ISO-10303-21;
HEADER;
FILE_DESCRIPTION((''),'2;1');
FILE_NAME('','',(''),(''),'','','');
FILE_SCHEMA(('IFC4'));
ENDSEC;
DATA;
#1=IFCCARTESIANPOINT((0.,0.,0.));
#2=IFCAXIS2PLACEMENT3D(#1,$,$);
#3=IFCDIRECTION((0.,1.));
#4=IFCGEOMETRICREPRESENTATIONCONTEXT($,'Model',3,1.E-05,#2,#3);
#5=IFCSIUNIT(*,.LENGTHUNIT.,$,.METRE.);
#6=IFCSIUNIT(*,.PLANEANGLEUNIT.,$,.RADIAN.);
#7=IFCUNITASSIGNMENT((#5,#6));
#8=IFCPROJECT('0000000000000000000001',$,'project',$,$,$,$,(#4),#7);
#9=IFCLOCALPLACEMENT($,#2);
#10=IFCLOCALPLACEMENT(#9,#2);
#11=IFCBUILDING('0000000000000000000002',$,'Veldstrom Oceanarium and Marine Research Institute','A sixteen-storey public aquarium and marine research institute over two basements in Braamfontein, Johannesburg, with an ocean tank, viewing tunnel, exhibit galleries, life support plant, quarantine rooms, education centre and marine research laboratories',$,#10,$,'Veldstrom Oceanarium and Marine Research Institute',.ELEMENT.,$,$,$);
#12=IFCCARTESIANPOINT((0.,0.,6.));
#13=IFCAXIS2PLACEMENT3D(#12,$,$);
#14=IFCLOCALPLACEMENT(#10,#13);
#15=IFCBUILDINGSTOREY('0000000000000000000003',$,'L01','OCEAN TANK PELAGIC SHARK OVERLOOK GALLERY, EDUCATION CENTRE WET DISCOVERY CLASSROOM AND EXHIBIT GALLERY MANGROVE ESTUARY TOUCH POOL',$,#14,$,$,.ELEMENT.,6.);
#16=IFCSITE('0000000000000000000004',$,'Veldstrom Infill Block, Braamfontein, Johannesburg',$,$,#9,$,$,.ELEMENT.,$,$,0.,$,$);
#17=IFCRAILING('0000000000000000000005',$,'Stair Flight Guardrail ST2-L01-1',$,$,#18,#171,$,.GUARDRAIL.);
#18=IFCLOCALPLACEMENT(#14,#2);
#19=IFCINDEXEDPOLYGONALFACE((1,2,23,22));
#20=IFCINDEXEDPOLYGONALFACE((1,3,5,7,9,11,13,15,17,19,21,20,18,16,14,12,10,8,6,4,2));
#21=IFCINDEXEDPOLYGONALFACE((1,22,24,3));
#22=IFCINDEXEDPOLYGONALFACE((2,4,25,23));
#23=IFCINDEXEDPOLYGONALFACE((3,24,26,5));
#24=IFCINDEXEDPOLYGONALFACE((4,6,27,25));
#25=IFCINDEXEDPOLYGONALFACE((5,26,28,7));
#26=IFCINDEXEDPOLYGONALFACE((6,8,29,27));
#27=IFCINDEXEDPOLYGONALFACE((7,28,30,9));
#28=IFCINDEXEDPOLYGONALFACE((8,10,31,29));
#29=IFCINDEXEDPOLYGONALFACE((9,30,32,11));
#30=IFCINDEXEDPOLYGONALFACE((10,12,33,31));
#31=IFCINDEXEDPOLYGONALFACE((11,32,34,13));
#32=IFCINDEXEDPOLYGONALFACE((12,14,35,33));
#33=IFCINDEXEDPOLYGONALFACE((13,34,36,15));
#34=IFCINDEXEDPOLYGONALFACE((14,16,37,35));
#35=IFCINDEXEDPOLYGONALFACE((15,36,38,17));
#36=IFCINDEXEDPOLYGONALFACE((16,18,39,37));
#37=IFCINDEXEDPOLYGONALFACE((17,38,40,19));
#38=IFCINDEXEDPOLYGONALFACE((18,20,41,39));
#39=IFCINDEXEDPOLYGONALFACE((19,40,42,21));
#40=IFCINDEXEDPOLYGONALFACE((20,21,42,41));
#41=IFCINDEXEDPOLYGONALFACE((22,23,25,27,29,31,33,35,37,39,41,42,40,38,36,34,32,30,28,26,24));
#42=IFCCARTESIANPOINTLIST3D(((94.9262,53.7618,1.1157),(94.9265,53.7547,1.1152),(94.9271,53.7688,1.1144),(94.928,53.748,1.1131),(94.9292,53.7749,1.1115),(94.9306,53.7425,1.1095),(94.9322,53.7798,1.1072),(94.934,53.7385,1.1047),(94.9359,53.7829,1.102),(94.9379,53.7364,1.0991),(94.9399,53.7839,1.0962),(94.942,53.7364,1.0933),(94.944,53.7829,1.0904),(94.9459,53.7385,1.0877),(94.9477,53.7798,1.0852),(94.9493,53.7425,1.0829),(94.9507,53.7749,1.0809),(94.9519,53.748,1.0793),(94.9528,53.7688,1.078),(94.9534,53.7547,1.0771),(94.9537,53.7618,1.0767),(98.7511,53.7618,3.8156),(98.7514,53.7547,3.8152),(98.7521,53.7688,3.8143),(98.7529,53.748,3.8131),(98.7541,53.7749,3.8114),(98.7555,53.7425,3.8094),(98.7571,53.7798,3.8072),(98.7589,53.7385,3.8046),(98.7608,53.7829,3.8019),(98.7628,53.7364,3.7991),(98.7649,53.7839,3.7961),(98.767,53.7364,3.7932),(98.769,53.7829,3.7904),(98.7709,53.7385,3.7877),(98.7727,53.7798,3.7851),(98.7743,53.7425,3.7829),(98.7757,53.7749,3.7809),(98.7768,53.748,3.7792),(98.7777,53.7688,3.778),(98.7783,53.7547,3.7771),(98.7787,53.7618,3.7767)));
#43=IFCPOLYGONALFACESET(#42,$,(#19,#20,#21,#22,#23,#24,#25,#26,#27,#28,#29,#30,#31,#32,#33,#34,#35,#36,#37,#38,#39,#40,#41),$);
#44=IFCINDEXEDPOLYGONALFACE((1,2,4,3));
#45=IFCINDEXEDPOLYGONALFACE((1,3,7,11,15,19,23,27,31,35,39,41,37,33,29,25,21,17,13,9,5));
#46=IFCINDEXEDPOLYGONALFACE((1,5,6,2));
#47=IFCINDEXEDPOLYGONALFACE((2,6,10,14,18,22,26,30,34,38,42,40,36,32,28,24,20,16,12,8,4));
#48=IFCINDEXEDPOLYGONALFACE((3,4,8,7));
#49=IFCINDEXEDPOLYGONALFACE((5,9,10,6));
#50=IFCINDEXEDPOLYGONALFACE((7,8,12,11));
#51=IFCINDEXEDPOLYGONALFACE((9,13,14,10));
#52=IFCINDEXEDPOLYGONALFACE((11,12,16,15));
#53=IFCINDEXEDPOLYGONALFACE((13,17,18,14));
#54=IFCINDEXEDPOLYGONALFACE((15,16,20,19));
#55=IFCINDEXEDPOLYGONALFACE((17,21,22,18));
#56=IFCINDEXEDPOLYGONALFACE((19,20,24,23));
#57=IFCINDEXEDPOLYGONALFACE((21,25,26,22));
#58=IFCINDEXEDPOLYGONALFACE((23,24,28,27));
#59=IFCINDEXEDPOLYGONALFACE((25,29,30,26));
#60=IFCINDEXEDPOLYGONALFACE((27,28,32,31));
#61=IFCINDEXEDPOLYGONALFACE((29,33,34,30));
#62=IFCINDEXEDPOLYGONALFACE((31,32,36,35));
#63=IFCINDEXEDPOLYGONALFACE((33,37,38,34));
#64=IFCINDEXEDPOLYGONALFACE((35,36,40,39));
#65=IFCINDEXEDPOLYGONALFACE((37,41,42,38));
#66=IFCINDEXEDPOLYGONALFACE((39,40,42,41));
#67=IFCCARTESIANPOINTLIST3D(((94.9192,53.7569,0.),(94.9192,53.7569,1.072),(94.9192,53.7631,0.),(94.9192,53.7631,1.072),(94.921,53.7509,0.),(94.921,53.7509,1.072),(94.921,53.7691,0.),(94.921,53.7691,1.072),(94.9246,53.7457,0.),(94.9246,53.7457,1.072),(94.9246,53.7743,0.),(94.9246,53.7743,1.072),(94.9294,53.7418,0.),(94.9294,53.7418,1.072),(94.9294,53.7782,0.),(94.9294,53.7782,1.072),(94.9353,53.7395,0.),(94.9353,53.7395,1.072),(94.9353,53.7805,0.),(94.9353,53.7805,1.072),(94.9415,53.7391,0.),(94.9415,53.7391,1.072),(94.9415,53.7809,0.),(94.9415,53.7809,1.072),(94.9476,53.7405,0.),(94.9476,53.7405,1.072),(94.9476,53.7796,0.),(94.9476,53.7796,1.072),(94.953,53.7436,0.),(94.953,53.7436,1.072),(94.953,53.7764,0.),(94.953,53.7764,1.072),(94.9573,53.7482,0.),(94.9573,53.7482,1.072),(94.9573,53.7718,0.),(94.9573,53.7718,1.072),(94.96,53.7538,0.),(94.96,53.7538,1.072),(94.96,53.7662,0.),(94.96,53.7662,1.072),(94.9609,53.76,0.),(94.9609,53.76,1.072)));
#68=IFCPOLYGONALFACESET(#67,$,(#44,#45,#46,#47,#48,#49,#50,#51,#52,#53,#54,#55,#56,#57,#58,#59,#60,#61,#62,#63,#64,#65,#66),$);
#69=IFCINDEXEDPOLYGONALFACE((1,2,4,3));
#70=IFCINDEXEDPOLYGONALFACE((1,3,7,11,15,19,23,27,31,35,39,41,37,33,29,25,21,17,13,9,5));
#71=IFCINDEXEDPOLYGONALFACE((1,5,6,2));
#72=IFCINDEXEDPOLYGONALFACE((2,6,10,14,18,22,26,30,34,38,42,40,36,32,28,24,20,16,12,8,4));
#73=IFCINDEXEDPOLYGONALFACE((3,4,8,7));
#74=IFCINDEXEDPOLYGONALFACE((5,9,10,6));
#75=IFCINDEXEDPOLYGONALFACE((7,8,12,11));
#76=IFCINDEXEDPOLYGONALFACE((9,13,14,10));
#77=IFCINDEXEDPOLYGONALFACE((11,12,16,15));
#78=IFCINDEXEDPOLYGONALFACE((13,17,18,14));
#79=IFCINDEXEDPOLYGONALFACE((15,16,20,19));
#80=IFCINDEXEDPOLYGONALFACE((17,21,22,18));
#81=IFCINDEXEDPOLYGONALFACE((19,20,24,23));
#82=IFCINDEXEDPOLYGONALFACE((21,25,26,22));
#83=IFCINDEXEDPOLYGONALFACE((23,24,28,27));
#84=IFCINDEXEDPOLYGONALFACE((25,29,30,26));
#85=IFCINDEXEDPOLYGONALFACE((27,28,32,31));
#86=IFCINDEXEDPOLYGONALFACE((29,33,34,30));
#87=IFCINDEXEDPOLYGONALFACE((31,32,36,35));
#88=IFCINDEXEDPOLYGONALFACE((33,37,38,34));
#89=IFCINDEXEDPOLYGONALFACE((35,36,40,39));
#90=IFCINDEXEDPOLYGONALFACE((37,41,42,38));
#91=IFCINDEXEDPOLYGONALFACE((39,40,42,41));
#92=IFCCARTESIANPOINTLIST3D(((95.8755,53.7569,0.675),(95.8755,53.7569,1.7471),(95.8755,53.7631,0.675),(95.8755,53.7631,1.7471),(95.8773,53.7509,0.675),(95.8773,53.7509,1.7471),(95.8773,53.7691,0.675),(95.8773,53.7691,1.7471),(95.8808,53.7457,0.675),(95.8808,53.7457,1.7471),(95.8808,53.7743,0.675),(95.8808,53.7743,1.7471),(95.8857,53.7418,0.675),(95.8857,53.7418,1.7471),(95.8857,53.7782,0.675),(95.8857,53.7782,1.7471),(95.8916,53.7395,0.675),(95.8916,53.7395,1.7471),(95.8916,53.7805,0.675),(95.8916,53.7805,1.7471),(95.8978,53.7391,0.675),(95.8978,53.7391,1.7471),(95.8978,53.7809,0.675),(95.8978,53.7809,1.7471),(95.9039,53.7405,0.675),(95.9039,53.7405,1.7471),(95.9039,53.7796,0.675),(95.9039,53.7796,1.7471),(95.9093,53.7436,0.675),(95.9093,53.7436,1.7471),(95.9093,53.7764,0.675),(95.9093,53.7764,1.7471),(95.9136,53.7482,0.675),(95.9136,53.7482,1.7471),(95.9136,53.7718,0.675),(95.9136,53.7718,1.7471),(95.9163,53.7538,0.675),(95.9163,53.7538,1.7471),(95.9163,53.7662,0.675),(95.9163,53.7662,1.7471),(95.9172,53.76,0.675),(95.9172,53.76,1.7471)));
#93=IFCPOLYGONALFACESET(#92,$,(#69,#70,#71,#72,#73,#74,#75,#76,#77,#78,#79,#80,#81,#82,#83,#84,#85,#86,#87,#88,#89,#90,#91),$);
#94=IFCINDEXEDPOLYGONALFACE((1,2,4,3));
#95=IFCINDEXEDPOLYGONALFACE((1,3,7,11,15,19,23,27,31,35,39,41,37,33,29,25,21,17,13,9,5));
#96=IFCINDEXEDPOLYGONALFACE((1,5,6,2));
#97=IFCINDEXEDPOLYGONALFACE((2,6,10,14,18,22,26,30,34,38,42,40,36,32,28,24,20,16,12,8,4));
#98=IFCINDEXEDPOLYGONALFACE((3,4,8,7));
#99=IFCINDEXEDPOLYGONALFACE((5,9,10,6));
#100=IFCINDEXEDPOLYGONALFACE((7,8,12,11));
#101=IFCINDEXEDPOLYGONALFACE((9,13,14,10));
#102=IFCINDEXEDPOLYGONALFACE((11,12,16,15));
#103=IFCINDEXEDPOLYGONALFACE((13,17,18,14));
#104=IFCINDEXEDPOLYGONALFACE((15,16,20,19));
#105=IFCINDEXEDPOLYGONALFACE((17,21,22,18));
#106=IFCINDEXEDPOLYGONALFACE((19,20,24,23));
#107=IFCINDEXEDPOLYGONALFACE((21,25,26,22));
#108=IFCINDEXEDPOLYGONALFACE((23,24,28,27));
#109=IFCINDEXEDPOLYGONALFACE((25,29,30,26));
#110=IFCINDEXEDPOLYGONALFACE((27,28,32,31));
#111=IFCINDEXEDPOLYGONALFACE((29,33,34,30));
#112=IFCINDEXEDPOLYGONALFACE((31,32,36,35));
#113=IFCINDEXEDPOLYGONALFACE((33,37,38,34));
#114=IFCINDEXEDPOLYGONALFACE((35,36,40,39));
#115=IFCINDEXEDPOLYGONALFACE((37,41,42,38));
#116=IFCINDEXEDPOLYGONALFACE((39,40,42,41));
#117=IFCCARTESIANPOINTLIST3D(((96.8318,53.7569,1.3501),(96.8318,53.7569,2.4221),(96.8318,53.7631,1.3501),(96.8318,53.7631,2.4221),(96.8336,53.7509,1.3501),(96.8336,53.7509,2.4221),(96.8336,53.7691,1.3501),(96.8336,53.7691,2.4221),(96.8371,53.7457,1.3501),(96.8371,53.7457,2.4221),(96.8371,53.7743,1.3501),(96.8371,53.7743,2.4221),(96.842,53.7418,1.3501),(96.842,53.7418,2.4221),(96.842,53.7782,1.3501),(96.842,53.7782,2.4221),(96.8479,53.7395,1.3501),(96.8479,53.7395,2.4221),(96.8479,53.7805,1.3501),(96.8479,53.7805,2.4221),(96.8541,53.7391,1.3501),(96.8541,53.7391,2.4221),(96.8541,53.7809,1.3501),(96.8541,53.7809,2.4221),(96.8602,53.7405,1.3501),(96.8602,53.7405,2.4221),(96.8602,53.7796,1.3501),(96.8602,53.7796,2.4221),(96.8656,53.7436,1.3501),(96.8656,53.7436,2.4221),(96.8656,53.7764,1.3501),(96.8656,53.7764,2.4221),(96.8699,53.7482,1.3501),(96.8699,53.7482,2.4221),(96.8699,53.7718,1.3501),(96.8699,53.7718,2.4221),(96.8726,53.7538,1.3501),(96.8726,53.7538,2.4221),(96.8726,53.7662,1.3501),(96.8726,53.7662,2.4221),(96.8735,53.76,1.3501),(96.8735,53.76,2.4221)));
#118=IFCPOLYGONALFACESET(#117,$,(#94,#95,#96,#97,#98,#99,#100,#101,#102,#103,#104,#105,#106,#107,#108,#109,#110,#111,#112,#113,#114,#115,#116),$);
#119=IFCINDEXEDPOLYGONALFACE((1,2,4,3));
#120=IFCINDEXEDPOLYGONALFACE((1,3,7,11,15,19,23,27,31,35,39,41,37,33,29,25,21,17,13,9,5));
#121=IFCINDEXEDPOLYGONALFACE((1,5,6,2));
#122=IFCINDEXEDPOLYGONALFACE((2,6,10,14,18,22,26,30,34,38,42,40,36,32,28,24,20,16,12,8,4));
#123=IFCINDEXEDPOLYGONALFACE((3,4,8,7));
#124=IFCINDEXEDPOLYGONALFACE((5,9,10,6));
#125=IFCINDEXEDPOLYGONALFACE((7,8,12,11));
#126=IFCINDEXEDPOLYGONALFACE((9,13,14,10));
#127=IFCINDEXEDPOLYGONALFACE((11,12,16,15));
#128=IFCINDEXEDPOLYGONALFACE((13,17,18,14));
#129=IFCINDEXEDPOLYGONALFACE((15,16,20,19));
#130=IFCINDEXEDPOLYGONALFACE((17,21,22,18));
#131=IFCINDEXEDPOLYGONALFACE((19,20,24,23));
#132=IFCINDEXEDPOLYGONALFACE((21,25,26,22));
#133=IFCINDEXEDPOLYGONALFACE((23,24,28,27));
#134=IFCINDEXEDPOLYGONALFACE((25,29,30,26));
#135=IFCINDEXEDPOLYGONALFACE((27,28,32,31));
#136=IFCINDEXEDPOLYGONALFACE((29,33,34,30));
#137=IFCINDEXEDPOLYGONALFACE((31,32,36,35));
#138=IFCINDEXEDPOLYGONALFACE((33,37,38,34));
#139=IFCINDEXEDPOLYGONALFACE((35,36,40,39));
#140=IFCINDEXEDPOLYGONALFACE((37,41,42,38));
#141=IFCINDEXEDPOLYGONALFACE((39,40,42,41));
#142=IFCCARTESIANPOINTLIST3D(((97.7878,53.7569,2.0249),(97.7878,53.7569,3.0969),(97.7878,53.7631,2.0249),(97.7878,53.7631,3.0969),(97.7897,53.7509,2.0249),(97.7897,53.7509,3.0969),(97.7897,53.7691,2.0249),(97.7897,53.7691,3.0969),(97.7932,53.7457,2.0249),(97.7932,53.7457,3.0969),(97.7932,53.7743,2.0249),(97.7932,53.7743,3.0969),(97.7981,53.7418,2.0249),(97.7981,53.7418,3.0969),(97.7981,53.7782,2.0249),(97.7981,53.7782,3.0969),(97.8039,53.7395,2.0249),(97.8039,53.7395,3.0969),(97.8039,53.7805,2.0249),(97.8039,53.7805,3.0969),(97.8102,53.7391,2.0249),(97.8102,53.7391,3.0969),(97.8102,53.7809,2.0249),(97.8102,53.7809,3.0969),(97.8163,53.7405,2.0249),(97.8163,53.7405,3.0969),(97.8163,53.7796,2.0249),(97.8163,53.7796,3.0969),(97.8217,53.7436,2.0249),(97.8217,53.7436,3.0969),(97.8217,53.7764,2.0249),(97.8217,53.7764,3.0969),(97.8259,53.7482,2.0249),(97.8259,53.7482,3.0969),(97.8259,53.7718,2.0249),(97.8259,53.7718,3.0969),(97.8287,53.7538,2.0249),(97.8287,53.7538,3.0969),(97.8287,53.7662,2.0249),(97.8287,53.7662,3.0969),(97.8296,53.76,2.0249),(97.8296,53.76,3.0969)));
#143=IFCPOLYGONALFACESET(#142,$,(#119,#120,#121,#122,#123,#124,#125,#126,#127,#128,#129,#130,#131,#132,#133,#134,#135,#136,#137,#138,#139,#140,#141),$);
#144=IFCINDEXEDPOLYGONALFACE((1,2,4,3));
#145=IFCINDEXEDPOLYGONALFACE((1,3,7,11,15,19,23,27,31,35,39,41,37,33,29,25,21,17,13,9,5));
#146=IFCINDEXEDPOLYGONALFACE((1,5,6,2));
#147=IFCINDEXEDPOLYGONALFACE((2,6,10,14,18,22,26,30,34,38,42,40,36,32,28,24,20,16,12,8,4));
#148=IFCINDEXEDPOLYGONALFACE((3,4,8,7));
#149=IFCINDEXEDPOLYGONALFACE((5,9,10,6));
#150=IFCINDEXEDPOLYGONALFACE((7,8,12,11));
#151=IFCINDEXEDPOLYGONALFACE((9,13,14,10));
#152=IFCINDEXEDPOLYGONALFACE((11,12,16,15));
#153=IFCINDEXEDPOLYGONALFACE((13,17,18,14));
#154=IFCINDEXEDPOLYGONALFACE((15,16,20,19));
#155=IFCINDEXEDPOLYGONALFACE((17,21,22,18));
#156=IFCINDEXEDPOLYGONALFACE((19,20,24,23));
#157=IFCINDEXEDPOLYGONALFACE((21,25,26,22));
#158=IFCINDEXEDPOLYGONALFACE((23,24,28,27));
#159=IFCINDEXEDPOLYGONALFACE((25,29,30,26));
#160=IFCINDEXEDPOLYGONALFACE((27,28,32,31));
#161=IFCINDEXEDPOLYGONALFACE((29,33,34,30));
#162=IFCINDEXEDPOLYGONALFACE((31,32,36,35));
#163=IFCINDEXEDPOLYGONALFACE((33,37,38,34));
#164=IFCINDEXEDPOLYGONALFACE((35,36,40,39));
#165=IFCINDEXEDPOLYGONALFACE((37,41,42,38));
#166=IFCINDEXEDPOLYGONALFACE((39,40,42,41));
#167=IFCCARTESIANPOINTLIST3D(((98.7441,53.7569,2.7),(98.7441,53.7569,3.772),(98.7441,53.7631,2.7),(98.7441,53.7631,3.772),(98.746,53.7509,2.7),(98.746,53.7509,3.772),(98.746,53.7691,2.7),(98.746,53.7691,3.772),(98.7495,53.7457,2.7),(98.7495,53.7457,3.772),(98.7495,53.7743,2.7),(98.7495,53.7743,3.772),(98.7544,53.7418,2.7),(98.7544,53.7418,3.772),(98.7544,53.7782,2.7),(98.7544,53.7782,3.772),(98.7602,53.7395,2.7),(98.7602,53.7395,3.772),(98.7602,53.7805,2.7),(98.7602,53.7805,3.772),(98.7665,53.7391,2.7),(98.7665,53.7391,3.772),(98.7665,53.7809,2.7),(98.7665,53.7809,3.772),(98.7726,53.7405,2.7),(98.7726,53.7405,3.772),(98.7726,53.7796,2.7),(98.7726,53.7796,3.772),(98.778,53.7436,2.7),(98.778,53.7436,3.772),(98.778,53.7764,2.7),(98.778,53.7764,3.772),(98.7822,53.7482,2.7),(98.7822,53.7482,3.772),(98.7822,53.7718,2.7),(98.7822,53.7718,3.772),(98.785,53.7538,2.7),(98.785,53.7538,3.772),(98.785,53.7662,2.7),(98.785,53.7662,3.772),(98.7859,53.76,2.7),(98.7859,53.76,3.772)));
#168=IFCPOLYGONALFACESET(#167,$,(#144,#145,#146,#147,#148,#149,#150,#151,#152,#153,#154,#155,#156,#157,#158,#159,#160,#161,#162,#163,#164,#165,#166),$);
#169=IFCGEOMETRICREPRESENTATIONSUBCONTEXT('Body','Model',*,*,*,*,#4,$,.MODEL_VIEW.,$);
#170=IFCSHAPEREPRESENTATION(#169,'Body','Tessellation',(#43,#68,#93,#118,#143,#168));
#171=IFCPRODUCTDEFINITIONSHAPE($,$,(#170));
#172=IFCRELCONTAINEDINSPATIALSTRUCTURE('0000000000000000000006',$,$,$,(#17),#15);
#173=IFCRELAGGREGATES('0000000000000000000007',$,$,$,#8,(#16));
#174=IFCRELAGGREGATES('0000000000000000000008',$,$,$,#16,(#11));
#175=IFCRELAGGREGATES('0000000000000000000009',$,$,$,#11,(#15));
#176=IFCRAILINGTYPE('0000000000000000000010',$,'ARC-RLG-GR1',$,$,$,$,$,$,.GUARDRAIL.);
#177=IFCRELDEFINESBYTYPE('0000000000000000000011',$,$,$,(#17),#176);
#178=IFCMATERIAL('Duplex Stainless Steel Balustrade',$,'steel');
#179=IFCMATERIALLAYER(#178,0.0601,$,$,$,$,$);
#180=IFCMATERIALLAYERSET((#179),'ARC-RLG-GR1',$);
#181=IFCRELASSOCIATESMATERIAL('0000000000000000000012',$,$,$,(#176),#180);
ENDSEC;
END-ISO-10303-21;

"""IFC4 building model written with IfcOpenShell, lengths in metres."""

from ifc_helpers import new_model, si_unit, direction, frame, origin, origin_2d, place, context, subcontext, project, spatial, circle, extrude, material, layer, layer_set, type_object, element, save


model = new_model("IFC4")

# Units and contexts
model_context = context("Model", 3, precision=1e-05, world=origin(), true_north=direction((0.0, 1.0)))
body_context = subcontext(model_context, "Body", "Model", "MODEL_VIEW")
ifc_project = project(units=[si_unit("LENGTHUNIT", "METRE"), si_unit("PLANEANGLEUNIT", "RADIAN")], contexts=[model_context])

# Site, building, storey
site_placement = place(None, origin())
site = spatial("IfcSite", under=ifc_project, at=site_placement, Name="Veldstrom Infill Block, Braamfontein, Johannesburg", CompositionType="ELEMENT", RefElevation=0.0)
building_placement = place(site_placement, origin())
building = spatial("IfcBuilding", under=site, at=building_placement, Name="Veldstrom Oceanarium and Marine Research Institute", Description="A sixteen-storey public aquarium and marine research institute over two basements in Braamfontein, Johannesburg, with an ocean tank, viewing tunnel, exhibit galleries, life support plant, quarantine rooms, education centre and marine research laboratories", LongName="Veldstrom Oceanarium and Marine Research Institute", CompositionType="ELEMENT")
storey_placement = place(building_placement, frame((0.0, 0.0, 6.0)))
storey = spatial("IfcBuildingStorey", under=building, at=storey_placement, Name="L01", Description="OCEAN TANK PELAGIC SHARK OVERLOOK GALLERY, EDUCATION CENTRE WET DISCOVERY CLASSROOM AND EXHIBIT GALLERY MANGROVE ESTUARY TOUCH POOL", CompositionType="ELEMENT", Elevation=6.0)

# Railing
ifc_material_1 = material(Name="Duplex Stainless Steel Balustrade", Category="steel")
ifc_layer_1 = layer(ifc_material_1, 0.0601)
ifc_layer_set_1 = layer_set([ifc_layer_1], Name="ARC-RLG-GR1")
railing_type_1 = type_object("IfcRailingType", Name="ARC-RLG-GR1", PredefinedType="GUARDRAIL", material=ifc_layer_set_1)
railing_1_placement = place(storey_placement, frame((94.9399, 53.76, 0.0)))
element("IfcRailing", 1, at=railing_1_placement, inside=storey, type_object=railing_type_1, Name="Stair Flight Guardrail ST2-L01-1", PredefinedType="GUARDRAIL", context=body_context, shape_type="SweptSolid", body=[
    extrude(circle(Radius=0.0239, at=origin_2d()), frame((0.0, 0.0, 1.0962), z_axis=(0.816969, 0.0, 0.576681), x_axis=(0.0, 1.0, 0.0)), (0.0, 0.0, 1.0), 4.6819),
    extrude(circle(Radius=0.021, at=origin_2d()), origin(), (0.0, 0.0, 1.0), 1.072),
    extrude(circle(Radius=0.021, at=origin_2d()), frame((0.9563, 0.0, 0.675)), (0.0, 0.0, 1.0), 1.072),
    extrude(circle(Radius=0.021, at=origin_2d()), frame((1.9126, 0.0, 1.3501)), (0.0, 0.0, 1.0), 1.072),
    extrude(circle(Radius=0.021, at=origin_2d()), frame((2.8687, 0.0, 2.0249)), (0.0, 0.0, 1.0), 1.072),
    extrude(circle(Radius=0.021, at=origin_2d()), frame((3.825, 0.0, 2.7)), (0.0, 0.0, 1.0), 1.072),
])

save(model, "model.ifc")
